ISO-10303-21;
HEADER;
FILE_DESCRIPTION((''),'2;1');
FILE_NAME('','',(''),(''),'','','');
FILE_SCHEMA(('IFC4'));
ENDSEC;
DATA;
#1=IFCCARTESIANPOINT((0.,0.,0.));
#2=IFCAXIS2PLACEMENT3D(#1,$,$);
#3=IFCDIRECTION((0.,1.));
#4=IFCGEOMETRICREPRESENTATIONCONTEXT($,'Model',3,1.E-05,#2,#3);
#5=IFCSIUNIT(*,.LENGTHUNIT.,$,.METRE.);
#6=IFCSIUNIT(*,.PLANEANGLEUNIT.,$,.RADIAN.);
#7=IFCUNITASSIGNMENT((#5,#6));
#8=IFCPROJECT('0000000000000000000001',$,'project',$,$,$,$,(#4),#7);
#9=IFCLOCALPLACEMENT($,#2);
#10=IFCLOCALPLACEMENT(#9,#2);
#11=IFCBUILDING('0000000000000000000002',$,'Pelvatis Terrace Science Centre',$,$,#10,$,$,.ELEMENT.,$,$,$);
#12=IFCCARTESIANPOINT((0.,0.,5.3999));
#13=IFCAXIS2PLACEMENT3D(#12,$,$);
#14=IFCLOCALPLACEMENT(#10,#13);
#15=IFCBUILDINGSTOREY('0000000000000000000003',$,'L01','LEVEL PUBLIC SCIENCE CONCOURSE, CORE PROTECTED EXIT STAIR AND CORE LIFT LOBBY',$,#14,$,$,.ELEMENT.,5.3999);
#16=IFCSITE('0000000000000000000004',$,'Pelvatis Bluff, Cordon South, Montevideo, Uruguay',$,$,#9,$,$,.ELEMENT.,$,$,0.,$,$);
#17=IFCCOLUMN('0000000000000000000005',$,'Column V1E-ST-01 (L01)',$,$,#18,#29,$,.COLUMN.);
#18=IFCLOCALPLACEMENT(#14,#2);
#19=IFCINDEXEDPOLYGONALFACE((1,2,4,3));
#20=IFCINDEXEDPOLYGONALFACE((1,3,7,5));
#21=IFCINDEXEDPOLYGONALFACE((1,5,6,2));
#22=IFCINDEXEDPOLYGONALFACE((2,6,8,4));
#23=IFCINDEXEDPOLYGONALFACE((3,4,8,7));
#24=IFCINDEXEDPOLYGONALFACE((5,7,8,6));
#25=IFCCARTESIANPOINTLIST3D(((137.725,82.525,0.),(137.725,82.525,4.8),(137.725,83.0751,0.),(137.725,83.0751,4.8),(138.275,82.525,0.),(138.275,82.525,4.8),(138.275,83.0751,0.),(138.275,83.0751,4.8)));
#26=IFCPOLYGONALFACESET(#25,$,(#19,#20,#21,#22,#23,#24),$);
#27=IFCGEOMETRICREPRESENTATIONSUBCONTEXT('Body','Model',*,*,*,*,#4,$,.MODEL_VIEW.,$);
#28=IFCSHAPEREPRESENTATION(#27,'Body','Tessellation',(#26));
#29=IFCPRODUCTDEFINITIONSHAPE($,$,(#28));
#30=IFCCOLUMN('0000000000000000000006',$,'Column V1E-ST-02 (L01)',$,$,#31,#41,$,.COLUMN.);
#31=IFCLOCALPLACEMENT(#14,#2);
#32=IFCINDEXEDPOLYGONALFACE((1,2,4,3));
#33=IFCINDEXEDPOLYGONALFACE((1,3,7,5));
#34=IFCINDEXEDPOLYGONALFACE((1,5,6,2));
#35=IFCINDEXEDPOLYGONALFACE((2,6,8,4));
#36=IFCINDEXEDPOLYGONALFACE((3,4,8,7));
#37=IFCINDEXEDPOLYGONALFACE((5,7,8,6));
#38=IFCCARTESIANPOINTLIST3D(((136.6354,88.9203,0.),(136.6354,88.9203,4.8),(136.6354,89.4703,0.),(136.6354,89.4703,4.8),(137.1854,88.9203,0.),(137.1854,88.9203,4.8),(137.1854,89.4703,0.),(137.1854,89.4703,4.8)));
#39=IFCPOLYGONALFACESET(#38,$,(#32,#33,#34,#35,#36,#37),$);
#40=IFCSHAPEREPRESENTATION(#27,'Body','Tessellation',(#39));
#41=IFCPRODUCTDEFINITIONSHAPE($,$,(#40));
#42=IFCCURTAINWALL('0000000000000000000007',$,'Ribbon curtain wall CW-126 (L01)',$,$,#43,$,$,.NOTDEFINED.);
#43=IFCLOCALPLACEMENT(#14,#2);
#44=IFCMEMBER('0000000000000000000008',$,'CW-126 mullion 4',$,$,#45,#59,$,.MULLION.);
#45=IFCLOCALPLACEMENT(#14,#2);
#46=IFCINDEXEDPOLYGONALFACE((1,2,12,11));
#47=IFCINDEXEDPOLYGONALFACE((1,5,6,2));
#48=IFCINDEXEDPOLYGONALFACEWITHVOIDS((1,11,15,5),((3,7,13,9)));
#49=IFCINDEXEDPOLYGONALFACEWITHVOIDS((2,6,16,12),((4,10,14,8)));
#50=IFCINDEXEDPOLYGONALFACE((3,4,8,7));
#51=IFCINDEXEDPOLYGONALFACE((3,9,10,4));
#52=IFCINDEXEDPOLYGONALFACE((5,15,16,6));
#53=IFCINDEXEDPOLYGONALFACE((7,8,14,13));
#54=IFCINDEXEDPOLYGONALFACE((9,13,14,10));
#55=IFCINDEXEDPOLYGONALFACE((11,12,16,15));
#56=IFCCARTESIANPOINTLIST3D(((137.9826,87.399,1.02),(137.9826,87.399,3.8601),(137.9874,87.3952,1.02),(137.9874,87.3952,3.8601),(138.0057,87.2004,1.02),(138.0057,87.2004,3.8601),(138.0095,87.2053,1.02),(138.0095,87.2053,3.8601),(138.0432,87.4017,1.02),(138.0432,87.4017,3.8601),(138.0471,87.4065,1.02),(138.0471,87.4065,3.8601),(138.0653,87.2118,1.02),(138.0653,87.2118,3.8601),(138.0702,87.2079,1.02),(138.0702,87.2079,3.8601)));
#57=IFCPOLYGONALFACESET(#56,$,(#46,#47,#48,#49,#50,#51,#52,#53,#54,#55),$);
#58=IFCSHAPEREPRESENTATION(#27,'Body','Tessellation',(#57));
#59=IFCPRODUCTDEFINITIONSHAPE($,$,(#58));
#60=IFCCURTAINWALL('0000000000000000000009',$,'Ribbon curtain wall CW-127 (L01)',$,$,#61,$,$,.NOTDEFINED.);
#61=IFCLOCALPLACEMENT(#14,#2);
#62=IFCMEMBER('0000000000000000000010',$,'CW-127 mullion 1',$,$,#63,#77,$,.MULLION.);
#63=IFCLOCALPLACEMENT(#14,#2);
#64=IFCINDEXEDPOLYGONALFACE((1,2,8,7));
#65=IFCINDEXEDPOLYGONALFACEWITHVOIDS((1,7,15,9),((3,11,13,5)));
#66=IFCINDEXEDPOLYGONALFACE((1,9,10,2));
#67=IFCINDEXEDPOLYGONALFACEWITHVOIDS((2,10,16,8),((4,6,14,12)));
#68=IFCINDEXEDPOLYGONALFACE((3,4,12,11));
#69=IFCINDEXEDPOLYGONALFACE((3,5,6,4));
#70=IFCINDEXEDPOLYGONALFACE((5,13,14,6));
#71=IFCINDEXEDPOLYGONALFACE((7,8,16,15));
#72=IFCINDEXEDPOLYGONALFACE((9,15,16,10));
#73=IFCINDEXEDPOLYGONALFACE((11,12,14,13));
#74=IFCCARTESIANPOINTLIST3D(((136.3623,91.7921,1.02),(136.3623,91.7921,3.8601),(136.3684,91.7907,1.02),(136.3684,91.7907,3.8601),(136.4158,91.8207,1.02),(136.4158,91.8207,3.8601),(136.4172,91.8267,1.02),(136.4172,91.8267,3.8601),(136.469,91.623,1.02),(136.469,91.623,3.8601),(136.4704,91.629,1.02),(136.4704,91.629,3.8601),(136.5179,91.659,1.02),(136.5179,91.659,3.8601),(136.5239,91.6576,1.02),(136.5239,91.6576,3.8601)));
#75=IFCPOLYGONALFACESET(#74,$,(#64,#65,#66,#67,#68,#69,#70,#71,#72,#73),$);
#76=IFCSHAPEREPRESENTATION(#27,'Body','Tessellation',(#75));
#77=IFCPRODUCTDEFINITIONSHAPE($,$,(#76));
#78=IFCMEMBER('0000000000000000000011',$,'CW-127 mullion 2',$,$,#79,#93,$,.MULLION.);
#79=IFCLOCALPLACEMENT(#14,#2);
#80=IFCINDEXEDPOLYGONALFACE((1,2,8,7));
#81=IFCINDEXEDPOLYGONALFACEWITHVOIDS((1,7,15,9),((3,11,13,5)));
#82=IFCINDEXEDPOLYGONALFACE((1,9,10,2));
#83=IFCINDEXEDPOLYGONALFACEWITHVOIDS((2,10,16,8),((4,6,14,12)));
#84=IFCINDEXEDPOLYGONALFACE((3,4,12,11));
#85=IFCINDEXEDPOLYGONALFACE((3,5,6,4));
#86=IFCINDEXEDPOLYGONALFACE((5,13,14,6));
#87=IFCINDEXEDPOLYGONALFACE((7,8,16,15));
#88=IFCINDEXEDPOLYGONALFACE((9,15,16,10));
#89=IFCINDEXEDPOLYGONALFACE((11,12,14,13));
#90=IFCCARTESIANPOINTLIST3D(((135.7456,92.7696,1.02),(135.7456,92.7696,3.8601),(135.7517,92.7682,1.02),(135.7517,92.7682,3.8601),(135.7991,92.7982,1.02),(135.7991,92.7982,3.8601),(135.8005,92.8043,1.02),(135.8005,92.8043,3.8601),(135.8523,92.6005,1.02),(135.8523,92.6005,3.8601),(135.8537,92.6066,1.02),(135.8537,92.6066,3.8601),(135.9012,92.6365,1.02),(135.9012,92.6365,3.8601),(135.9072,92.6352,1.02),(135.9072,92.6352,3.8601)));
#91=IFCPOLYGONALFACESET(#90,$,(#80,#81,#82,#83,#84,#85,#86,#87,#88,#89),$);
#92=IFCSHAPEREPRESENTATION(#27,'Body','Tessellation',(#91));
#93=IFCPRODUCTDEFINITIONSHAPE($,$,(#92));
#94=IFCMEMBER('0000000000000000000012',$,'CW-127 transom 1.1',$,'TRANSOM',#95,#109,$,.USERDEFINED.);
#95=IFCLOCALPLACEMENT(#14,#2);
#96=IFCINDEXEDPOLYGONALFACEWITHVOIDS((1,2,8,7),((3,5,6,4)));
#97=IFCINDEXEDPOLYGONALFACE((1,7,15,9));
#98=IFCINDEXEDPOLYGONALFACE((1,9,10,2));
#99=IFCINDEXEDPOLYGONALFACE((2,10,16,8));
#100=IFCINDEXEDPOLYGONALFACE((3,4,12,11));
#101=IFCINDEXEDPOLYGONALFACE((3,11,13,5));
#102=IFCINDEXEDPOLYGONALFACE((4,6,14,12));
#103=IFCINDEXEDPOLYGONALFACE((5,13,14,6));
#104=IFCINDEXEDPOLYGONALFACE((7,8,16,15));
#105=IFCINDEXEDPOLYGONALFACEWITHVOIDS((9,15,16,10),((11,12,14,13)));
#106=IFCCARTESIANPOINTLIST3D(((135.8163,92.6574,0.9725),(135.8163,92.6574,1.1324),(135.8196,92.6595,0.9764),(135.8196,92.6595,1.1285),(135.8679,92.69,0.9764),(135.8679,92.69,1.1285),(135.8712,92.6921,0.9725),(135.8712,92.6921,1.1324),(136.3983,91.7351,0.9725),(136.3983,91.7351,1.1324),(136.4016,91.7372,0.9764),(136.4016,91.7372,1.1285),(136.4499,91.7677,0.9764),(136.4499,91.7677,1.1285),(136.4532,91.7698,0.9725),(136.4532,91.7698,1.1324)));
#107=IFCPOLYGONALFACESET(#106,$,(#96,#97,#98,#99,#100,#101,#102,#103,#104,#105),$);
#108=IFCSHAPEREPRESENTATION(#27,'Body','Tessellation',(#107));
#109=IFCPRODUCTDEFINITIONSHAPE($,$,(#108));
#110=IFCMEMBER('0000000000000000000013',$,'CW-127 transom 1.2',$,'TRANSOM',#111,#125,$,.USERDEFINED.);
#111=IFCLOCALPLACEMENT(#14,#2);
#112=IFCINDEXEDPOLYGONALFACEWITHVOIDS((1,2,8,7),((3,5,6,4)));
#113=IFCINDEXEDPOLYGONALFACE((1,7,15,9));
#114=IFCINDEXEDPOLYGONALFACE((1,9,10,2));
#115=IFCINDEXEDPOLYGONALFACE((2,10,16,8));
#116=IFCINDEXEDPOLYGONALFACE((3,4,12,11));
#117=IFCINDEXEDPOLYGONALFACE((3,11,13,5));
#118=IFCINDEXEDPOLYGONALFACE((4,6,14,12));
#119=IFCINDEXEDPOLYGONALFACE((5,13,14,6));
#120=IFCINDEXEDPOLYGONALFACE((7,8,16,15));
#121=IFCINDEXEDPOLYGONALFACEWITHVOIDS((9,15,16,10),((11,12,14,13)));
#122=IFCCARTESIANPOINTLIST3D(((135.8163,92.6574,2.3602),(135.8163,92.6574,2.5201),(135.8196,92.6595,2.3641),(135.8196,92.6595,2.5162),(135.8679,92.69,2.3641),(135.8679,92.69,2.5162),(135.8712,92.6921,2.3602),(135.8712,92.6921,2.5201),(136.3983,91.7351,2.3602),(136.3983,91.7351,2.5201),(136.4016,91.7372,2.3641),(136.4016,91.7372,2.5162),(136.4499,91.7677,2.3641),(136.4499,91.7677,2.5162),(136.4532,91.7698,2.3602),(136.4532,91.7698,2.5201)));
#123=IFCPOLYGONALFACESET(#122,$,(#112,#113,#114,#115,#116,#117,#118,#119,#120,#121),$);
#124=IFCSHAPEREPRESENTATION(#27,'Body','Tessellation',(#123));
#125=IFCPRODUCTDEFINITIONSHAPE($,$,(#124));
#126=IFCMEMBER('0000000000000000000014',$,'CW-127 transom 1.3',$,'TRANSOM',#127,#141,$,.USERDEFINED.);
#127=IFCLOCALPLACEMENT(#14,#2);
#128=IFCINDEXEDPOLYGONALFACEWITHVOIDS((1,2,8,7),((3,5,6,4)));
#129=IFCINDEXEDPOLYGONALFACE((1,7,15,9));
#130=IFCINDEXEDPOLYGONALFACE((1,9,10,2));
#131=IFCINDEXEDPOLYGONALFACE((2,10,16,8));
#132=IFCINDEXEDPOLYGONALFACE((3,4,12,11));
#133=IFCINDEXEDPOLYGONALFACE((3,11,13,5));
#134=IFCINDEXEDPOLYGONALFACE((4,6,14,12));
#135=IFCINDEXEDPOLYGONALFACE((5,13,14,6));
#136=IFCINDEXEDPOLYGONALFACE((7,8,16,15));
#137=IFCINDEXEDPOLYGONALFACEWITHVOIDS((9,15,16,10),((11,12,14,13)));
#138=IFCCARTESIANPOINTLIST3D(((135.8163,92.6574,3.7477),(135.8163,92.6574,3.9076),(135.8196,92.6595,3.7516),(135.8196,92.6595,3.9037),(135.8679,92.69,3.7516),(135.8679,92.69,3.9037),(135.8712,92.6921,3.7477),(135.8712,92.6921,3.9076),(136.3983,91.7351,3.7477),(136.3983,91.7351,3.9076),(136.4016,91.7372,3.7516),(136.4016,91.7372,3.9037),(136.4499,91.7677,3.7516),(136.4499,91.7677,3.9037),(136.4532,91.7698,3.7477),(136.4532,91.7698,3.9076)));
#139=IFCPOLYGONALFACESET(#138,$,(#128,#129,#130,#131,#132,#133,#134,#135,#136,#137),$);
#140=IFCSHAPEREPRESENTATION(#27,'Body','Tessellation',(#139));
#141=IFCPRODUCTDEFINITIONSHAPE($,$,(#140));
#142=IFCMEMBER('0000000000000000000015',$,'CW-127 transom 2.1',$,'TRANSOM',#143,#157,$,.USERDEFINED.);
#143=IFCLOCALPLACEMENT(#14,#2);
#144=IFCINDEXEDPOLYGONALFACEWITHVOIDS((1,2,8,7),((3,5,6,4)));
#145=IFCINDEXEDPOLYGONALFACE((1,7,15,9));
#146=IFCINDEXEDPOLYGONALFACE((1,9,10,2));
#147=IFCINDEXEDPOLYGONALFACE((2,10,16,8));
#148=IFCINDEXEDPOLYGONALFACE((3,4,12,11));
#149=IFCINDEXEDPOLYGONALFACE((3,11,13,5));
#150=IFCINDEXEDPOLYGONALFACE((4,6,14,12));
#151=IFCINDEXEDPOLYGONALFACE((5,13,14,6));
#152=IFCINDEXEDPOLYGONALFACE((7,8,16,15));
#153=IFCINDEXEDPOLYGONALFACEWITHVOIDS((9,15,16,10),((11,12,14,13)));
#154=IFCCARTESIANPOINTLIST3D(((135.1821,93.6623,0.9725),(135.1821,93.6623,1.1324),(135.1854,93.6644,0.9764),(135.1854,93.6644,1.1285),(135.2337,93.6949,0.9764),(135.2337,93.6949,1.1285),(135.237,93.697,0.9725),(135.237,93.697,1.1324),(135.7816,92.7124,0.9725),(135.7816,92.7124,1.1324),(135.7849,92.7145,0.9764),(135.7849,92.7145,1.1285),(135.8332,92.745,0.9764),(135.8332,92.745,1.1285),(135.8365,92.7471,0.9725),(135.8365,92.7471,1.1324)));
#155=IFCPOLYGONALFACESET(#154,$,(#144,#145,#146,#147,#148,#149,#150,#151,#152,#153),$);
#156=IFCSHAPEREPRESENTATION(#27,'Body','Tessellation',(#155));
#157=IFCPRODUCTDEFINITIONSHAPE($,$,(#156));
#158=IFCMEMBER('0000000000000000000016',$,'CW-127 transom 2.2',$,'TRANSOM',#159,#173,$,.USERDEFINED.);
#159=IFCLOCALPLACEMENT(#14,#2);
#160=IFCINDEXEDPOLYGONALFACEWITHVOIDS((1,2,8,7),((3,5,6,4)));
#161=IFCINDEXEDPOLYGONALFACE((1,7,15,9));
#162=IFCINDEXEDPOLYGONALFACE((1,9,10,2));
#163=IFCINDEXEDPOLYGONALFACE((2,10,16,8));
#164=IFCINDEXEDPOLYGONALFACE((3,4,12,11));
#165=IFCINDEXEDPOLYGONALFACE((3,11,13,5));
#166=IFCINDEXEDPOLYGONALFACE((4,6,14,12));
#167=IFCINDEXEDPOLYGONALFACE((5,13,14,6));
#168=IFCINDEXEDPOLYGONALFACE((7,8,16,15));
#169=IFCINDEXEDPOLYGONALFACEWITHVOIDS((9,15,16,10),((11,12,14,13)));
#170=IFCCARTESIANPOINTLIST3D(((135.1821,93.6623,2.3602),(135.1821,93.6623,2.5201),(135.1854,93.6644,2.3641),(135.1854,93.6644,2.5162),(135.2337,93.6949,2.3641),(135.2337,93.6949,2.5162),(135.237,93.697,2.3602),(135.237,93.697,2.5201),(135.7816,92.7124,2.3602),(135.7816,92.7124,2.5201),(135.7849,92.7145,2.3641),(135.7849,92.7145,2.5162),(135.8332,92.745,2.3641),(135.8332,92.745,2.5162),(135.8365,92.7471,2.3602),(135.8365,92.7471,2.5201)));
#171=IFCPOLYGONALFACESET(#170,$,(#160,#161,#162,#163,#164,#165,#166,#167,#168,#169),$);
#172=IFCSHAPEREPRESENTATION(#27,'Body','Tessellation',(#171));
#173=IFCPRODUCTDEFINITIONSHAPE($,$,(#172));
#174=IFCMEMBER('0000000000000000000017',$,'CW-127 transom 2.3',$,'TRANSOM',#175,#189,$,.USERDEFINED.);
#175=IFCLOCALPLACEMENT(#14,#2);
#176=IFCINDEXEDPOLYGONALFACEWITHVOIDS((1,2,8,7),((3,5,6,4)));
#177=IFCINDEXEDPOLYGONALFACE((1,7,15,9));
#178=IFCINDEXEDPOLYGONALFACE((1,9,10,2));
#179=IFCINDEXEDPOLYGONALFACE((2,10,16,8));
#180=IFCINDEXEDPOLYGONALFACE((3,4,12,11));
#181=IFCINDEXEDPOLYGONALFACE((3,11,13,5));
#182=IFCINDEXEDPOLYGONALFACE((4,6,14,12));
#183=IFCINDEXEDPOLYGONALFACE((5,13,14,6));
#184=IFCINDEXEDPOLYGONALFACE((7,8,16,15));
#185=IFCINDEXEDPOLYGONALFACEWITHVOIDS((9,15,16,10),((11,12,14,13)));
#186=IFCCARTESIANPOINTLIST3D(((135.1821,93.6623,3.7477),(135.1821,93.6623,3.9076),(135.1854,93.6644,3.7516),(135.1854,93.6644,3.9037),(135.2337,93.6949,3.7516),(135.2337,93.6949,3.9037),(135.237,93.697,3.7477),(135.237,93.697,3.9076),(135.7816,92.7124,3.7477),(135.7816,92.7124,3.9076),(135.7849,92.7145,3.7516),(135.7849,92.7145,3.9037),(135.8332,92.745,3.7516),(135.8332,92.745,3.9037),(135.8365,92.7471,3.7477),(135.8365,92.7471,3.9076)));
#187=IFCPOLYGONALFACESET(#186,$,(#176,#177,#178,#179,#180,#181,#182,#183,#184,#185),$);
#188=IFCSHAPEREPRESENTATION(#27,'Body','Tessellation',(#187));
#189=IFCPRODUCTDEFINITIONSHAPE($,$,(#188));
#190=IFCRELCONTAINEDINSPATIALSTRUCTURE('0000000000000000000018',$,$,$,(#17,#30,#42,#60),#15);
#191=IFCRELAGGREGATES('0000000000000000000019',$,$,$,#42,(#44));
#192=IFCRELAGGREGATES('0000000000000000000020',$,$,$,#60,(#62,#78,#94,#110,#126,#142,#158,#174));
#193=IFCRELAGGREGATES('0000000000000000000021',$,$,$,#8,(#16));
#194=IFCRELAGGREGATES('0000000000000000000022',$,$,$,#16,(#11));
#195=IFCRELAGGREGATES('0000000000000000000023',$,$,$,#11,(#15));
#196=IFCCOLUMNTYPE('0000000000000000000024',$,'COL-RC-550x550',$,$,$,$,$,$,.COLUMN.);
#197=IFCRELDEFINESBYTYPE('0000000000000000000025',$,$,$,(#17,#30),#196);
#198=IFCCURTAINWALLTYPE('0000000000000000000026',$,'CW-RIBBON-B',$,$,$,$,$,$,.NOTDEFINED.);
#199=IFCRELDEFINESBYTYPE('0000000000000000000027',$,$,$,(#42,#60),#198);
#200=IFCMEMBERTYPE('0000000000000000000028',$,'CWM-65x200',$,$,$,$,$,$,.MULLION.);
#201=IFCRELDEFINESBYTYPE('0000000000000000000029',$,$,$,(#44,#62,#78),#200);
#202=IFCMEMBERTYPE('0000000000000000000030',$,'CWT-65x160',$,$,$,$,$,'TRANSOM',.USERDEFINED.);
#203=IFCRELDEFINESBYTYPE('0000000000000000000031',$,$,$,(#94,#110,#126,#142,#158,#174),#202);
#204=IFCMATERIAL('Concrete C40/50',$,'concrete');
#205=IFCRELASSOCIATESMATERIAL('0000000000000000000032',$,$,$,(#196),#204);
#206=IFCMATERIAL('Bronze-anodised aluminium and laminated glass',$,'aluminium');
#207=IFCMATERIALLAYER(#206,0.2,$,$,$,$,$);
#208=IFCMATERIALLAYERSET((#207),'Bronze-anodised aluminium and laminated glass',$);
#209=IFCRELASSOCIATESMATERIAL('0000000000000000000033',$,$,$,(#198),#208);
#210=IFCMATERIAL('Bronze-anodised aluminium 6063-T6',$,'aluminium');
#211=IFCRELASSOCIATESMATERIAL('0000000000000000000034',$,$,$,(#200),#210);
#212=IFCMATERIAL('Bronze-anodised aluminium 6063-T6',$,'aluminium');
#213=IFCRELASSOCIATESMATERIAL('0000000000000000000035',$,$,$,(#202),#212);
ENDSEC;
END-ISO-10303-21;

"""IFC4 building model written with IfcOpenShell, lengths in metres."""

from ifc_helpers import new_model, si_unit, direction, frame, origin, origin_2d, place, context, subcontext, project, spatial, rectangle, hollow_rectangle, extrude, material, layer, layer_set, material_profile, profile_set, type_object, element, aggregate, save


model = new_model("IFC4")

# Units and contexts
model_context = context("Model", 3, precision=1e-05, world=origin(), true_north=direction((0.0, 1.0)))
body_context = subcontext(model_context, "Body", "Model", "MODEL_VIEW")
ifc_project = project(units=[si_unit("LENGTHUNIT", "METRE"), si_unit("PLANEANGLEUNIT", "RADIAN")], contexts=[model_context])

# Site, building, storey
site_placement = place(None, origin())
site = spatial("IfcSite", under=ifc_project, at=site_placement, Name="Pelvatis Bluff, Cordon South, Montevideo, Uruguay", CompositionType="ELEMENT", RefElevation=0.0)
building_placement = place(site_placement, origin())
building = spatial("IfcBuilding", under=site, at=building_placement, Name="Pelvatis Terrace Science Centre", CompositionType="ELEMENT")
storey_placement = place(building_placement, frame((0.0, 0.0, 5.3999)))
storey = spatial("IfcBuildingStorey", under=building, at=storey_placement, Name="L01", Description="LEVEL PUBLIC SCIENCE CONCOURSE, CORE PROTECTED EXIT STAIR AND CORE LIFT LOBBY", CompositionType="ELEMENT", Elevation=5.3999)

# Columns
ifc_material_1 = material(Name="Concrete C40/50", Category="concrete")
ifc_material_profile_1 = material_profile(ifc_material_1, rectangle(XDim=0.55, YDim=0.55, at=origin_2d()), Name="RC-COL 550x550")
ifc_profile_set_1 = profile_set([ifc_material_profile_1], Name="Concrete C40/50")
column_type = type_object("IfcColumnType", Name="COL-RC-550x550", PredefinedType="COLUMN", material=ifc_profile_set_1)
for number, where, z_axis, x_axis, name in (
    (1, (138.0, 82.8, 0.0), (0.0, 0.0, 1.0), (1.0, 0.0, 0.0), "Column V1E-ST-01 (L01)"),
    (2, (136.9104, 89.1953, 0.0), (0.0, 0.0, 1.0), (1.0, 0.0, 0.0), "Column V1E-ST-02 (L01)"),
):
    element("IfcColumn", number, at=place(storey_placement, frame(where, z_axis=z_axis, x_axis=x_axis)), inside=storey, type_object=column_type, Name=name, PredefinedType="COLUMN", context=body_context, shape_type="SweptSolid", body=[
        extrude(rectangle(XDim=0.55, YDim=0.55, at=origin_2d()), origin(), (0.0, 0.0, 1.0), 4.8),
    ])

# Curtain wall, member
ifc_material_2 = material(Name="Bronze-anodised aluminium and laminated glass", Category="aluminium")
ifc_layer_1 = layer(ifc_material_2, 0.2)
ifc_layer_set_1 = layer_set([ifc_layer_1], Name="Bronze-anodised aluminium and laminated glass")
curtain_wall_type = type_object("IfcCurtainWallType", Name="CW-RIBBON-B", PredefinedType="NOTDEFINED", material=ifc_layer_set_1)
curtain_wall_1_placement = place(storey_placement, origin())
curtain_wall_1 = element("IfcCurtainWall", 3, at=curtain_wall_1_placement, inside=storey, type_object=curtain_wall_type, Name="Ribbon curtain wall CW-126 (L01)", PredefinedType="NOTDEFINED")
ifc_material_3 = material(Name="Bronze-anodised aluminium 6063-T6", Category="aluminium")
ifc_material_profile_2 = material_profile(ifc_material_3, hollow_rectangle(XDim=0.0649, YDim=0.2, WallThickness=0.0044, at=origin_2d()), Name="ALU-MUL 65x200")
ifc_profile_set_2 = profile_set([ifc_material_profile_2], Name="Bronze-anodised aluminium 6063-T6")
member_type_1 = type_object("IfcMemberType", Name="CWM-65x200", PredefinedType="MULLION", material=ifc_profile_set_2)
member_1_placement = place(storey_placement, frame((138.0264, 87.3035, 1.02), z_axis=(0.0, 0.0, 1.0), x_axis=(-0.993308, -0.115497, 0.0)))
member_1 = element("IfcMember", 4, at=member_1_placement, type_object=member_type_1, Name="CW-126 mullion 4", PredefinedType="MULLION", context=body_context, shape_type="SweptSolid", body=[
    extrude(hollow_rectangle(XDim=0.0649, YDim=0.2, WallThickness=0.0044, at=origin_2d()), origin(), (0.0, 0.0, 1.0), 2.8401),
])
aggregate(curtain_wall_1, [member_1])

# Curtain wall, members
curtain_wall_2_placement = place(storey_placement, origin())
curtain_wall_2 = element("IfcCurtainWall", 5, at=curtain_wall_2_placement, inside=storey, type_object=curtain_wall_type, Name="Ribbon curtain wall CW-127 (L01)", PredefinedType="NOTDEFINED")
member_2_placement = place(storey_placement, frame((136.4431, 91.7249, 1.02), z_axis=(0.0, 0.0, 1.0), x_axis=(-0.845678, -0.533693, 0.0)))
member_2 = element("IfcMember", 6, at=member_2_placement, type_object=member_type_1, Name="CW-127 mullion 1", PredefinedType="MULLION", context=body_context, shape_type="SweptSolid", body=[
    extrude(hollow_rectangle(XDim=0.0649, YDim=0.2, WallThickness=0.0044, at=origin_2d()), origin(), (0.0, 0.0, 1.0), 2.8401),
])
member_3_placement = place(storey_placement, frame((135.8264, 92.7024, 1.02), z_axis=(0.0, 0.0, 1.0), x_axis=(-0.845678, -0.533693, 0.0)))
member_3 = element("IfcMember", 7, at=member_3_placement, type_object=member_type_1, Name="CW-127 mullion 2", PredefinedType="MULLION", context=body_context, shape_type="SweptSolid", body=[
    extrude(hollow_rectangle(XDim=0.0649, YDim=0.2, WallThickness=0.0044, at=origin_2d()), origin(), (0.0, 0.0, 1.0), 2.8401),
])
ifc_material_4 = material(Name="Bronze-anodised aluminium 6063-T6", Category="aluminium")
ifc_material_profile_3 = material_profile(ifc_material_4, hollow_rectangle(XDim=0.0649, YDim=0.1599, WallThickness=0.0039, at=origin_2d()), Name="ALU-TRN 65x160")
ifc_profile_set_3 = profile_set([ifc_material_profile_3], Name="Bronze-anodised aluminium 6063-T6")
member_type_2 = type_object("IfcMemberType", Name="CWT-65x160", ElementType="TRANSOM", PredefinedType="USERDEFINED", material=ifc_profile_set_3)
member_4_placement = place(storey_placement, frame((136.4258, 91.7524, 1.0525), z_axis=(-0.533656, 0.845702, 0.0), x_axis=(-0.845702, -0.533656, 0.0)))
member_4 = element("IfcMember", 8, at=member_4_placement, type_object=member_type_2, Name="CW-127 transom 1.1", ObjectType="TRANSOM", PredefinedType="USERDEFINED", context=body_context, shape_type="SweptSolid", body=[
    extrude(hollow_rectangle(XDim=0.0649, YDim=0.1599, WallThickness=0.0039, at=origin_2d()), origin(), (0.0, 0.0, 1.0), 1.0906),
])
member_5_placement = place(storey_placement, frame((136.4258, 91.7524, 2.4402), z_axis=(-0.533656, 0.845702, 0.0), x_axis=(-0.845702, -0.533656, 0.0)))
member_5 = element("IfcMember", 9, at=member_5_placement, type_object=member_type_2, Name="CW-127 transom 1.2", ObjectType="TRANSOM", PredefinedType="USERDEFINED", context=body_context, shape_type="SweptSolid", body=[
    extrude(hollow_rectangle(XDim=0.0649, YDim=0.1599, WallThickness=0.0039, at=origin_2d()), origin(), (0.0, 0.0, 1.0), 1.0906),
])
member_6_placement = place(storey_placement, frame((136.4258, 91.7524, 3.8276), z_axis=(-0.533656, 0.845702, 0.0), x_axis=(-0.845702, -0.533656, 0.0)))
member_6 = element("IfcMember", 10, at=member_6_placement, type_object=member_type_2, Name="CW-127 transom 1.3", ObjectType="TRANSOM", PredefinedType="USERDEFINED", context=body_context, shape_type="SweptSolid", body=[
    extrude(hollow_rectangle(XDim=0.0649, YDim=0.1599, WallThickness=0.0039, at=origin_2d()), origin(), (0.0, 0.0, 1.0), 1.0906),
])
member_7_placement = place(storey_placement, frame((135.8091, 92.7297, 1.0525), z_axis=(-0.533764, 0.845633, 0.0), x_axis=(-0.845633, -0.533764, 0.0)))
member_7 = element("IfcMember", 11, at=member_7_placement, type_object=member_type_2, Name="CW-127 transom 2.1", ObjectType="TRANSOM", PredefinedType="USERDEFINED", context=body_context, shape_type="SweptSolid", body=[
    extrude(hollow_rectangle(XDim=0.0649, YDim=0.1599, WallThickness=0.0039, at=origin_2d()), origin(), (0.0, 0.0, 1.0), 1.1233),
])
member_8_placement = place(storey_placement, frame((135.8091, 92.7297, 2.4402), z_axis=(-0.533764, 0.845633, 0.0), x_axis=(-0.845633, -0.533764, 0.0)))
member_8 = element("IfcMember", 12, at=member_8_placement, type_object=member_type_2, Name="CW-127 transom 2.2", ObjectType="TRANSOM", PredefinedType="USERDEFINED", context=body_context, shape_type="SweptSolid", body=[
    extrude(hollow_rectangle(XDim=0.0649, YDim=0.1599, WallThickness=0.0039, at=origin_2d()), origin(), (0.0, 0.0, 1.0), 1.1233),
])
member_9_placement = place(storey_placement, frame((135.8091, 92.7297, 3.8276), z_axis=(-0.533764, 0.845633, 0.0), x_axis=(-0.845633, -0.533764, 0.0)))
member_9 = element("IfcMember", 13, at=member_9_placement, type_object=member_type_2, Name="CW-127 transom 2.3", ObjectType="TRANSOM", PredefinedType="USERDEFINED", context=body_context, shape_type="SweptSolid", body=[
    extrude(hollow_rectangle(XDim=0.0649, YDim=0.1599, WallThickness=0.0039, at=origin_2d()), origin(), (0.0, 0.0, 1.0), 1.1233),
])

aggregate(curtain_wall_2, [member_2, member_3, member_4, member_5, member_6, member_7, member_8, member_9])

save(model, "model.ifc")
